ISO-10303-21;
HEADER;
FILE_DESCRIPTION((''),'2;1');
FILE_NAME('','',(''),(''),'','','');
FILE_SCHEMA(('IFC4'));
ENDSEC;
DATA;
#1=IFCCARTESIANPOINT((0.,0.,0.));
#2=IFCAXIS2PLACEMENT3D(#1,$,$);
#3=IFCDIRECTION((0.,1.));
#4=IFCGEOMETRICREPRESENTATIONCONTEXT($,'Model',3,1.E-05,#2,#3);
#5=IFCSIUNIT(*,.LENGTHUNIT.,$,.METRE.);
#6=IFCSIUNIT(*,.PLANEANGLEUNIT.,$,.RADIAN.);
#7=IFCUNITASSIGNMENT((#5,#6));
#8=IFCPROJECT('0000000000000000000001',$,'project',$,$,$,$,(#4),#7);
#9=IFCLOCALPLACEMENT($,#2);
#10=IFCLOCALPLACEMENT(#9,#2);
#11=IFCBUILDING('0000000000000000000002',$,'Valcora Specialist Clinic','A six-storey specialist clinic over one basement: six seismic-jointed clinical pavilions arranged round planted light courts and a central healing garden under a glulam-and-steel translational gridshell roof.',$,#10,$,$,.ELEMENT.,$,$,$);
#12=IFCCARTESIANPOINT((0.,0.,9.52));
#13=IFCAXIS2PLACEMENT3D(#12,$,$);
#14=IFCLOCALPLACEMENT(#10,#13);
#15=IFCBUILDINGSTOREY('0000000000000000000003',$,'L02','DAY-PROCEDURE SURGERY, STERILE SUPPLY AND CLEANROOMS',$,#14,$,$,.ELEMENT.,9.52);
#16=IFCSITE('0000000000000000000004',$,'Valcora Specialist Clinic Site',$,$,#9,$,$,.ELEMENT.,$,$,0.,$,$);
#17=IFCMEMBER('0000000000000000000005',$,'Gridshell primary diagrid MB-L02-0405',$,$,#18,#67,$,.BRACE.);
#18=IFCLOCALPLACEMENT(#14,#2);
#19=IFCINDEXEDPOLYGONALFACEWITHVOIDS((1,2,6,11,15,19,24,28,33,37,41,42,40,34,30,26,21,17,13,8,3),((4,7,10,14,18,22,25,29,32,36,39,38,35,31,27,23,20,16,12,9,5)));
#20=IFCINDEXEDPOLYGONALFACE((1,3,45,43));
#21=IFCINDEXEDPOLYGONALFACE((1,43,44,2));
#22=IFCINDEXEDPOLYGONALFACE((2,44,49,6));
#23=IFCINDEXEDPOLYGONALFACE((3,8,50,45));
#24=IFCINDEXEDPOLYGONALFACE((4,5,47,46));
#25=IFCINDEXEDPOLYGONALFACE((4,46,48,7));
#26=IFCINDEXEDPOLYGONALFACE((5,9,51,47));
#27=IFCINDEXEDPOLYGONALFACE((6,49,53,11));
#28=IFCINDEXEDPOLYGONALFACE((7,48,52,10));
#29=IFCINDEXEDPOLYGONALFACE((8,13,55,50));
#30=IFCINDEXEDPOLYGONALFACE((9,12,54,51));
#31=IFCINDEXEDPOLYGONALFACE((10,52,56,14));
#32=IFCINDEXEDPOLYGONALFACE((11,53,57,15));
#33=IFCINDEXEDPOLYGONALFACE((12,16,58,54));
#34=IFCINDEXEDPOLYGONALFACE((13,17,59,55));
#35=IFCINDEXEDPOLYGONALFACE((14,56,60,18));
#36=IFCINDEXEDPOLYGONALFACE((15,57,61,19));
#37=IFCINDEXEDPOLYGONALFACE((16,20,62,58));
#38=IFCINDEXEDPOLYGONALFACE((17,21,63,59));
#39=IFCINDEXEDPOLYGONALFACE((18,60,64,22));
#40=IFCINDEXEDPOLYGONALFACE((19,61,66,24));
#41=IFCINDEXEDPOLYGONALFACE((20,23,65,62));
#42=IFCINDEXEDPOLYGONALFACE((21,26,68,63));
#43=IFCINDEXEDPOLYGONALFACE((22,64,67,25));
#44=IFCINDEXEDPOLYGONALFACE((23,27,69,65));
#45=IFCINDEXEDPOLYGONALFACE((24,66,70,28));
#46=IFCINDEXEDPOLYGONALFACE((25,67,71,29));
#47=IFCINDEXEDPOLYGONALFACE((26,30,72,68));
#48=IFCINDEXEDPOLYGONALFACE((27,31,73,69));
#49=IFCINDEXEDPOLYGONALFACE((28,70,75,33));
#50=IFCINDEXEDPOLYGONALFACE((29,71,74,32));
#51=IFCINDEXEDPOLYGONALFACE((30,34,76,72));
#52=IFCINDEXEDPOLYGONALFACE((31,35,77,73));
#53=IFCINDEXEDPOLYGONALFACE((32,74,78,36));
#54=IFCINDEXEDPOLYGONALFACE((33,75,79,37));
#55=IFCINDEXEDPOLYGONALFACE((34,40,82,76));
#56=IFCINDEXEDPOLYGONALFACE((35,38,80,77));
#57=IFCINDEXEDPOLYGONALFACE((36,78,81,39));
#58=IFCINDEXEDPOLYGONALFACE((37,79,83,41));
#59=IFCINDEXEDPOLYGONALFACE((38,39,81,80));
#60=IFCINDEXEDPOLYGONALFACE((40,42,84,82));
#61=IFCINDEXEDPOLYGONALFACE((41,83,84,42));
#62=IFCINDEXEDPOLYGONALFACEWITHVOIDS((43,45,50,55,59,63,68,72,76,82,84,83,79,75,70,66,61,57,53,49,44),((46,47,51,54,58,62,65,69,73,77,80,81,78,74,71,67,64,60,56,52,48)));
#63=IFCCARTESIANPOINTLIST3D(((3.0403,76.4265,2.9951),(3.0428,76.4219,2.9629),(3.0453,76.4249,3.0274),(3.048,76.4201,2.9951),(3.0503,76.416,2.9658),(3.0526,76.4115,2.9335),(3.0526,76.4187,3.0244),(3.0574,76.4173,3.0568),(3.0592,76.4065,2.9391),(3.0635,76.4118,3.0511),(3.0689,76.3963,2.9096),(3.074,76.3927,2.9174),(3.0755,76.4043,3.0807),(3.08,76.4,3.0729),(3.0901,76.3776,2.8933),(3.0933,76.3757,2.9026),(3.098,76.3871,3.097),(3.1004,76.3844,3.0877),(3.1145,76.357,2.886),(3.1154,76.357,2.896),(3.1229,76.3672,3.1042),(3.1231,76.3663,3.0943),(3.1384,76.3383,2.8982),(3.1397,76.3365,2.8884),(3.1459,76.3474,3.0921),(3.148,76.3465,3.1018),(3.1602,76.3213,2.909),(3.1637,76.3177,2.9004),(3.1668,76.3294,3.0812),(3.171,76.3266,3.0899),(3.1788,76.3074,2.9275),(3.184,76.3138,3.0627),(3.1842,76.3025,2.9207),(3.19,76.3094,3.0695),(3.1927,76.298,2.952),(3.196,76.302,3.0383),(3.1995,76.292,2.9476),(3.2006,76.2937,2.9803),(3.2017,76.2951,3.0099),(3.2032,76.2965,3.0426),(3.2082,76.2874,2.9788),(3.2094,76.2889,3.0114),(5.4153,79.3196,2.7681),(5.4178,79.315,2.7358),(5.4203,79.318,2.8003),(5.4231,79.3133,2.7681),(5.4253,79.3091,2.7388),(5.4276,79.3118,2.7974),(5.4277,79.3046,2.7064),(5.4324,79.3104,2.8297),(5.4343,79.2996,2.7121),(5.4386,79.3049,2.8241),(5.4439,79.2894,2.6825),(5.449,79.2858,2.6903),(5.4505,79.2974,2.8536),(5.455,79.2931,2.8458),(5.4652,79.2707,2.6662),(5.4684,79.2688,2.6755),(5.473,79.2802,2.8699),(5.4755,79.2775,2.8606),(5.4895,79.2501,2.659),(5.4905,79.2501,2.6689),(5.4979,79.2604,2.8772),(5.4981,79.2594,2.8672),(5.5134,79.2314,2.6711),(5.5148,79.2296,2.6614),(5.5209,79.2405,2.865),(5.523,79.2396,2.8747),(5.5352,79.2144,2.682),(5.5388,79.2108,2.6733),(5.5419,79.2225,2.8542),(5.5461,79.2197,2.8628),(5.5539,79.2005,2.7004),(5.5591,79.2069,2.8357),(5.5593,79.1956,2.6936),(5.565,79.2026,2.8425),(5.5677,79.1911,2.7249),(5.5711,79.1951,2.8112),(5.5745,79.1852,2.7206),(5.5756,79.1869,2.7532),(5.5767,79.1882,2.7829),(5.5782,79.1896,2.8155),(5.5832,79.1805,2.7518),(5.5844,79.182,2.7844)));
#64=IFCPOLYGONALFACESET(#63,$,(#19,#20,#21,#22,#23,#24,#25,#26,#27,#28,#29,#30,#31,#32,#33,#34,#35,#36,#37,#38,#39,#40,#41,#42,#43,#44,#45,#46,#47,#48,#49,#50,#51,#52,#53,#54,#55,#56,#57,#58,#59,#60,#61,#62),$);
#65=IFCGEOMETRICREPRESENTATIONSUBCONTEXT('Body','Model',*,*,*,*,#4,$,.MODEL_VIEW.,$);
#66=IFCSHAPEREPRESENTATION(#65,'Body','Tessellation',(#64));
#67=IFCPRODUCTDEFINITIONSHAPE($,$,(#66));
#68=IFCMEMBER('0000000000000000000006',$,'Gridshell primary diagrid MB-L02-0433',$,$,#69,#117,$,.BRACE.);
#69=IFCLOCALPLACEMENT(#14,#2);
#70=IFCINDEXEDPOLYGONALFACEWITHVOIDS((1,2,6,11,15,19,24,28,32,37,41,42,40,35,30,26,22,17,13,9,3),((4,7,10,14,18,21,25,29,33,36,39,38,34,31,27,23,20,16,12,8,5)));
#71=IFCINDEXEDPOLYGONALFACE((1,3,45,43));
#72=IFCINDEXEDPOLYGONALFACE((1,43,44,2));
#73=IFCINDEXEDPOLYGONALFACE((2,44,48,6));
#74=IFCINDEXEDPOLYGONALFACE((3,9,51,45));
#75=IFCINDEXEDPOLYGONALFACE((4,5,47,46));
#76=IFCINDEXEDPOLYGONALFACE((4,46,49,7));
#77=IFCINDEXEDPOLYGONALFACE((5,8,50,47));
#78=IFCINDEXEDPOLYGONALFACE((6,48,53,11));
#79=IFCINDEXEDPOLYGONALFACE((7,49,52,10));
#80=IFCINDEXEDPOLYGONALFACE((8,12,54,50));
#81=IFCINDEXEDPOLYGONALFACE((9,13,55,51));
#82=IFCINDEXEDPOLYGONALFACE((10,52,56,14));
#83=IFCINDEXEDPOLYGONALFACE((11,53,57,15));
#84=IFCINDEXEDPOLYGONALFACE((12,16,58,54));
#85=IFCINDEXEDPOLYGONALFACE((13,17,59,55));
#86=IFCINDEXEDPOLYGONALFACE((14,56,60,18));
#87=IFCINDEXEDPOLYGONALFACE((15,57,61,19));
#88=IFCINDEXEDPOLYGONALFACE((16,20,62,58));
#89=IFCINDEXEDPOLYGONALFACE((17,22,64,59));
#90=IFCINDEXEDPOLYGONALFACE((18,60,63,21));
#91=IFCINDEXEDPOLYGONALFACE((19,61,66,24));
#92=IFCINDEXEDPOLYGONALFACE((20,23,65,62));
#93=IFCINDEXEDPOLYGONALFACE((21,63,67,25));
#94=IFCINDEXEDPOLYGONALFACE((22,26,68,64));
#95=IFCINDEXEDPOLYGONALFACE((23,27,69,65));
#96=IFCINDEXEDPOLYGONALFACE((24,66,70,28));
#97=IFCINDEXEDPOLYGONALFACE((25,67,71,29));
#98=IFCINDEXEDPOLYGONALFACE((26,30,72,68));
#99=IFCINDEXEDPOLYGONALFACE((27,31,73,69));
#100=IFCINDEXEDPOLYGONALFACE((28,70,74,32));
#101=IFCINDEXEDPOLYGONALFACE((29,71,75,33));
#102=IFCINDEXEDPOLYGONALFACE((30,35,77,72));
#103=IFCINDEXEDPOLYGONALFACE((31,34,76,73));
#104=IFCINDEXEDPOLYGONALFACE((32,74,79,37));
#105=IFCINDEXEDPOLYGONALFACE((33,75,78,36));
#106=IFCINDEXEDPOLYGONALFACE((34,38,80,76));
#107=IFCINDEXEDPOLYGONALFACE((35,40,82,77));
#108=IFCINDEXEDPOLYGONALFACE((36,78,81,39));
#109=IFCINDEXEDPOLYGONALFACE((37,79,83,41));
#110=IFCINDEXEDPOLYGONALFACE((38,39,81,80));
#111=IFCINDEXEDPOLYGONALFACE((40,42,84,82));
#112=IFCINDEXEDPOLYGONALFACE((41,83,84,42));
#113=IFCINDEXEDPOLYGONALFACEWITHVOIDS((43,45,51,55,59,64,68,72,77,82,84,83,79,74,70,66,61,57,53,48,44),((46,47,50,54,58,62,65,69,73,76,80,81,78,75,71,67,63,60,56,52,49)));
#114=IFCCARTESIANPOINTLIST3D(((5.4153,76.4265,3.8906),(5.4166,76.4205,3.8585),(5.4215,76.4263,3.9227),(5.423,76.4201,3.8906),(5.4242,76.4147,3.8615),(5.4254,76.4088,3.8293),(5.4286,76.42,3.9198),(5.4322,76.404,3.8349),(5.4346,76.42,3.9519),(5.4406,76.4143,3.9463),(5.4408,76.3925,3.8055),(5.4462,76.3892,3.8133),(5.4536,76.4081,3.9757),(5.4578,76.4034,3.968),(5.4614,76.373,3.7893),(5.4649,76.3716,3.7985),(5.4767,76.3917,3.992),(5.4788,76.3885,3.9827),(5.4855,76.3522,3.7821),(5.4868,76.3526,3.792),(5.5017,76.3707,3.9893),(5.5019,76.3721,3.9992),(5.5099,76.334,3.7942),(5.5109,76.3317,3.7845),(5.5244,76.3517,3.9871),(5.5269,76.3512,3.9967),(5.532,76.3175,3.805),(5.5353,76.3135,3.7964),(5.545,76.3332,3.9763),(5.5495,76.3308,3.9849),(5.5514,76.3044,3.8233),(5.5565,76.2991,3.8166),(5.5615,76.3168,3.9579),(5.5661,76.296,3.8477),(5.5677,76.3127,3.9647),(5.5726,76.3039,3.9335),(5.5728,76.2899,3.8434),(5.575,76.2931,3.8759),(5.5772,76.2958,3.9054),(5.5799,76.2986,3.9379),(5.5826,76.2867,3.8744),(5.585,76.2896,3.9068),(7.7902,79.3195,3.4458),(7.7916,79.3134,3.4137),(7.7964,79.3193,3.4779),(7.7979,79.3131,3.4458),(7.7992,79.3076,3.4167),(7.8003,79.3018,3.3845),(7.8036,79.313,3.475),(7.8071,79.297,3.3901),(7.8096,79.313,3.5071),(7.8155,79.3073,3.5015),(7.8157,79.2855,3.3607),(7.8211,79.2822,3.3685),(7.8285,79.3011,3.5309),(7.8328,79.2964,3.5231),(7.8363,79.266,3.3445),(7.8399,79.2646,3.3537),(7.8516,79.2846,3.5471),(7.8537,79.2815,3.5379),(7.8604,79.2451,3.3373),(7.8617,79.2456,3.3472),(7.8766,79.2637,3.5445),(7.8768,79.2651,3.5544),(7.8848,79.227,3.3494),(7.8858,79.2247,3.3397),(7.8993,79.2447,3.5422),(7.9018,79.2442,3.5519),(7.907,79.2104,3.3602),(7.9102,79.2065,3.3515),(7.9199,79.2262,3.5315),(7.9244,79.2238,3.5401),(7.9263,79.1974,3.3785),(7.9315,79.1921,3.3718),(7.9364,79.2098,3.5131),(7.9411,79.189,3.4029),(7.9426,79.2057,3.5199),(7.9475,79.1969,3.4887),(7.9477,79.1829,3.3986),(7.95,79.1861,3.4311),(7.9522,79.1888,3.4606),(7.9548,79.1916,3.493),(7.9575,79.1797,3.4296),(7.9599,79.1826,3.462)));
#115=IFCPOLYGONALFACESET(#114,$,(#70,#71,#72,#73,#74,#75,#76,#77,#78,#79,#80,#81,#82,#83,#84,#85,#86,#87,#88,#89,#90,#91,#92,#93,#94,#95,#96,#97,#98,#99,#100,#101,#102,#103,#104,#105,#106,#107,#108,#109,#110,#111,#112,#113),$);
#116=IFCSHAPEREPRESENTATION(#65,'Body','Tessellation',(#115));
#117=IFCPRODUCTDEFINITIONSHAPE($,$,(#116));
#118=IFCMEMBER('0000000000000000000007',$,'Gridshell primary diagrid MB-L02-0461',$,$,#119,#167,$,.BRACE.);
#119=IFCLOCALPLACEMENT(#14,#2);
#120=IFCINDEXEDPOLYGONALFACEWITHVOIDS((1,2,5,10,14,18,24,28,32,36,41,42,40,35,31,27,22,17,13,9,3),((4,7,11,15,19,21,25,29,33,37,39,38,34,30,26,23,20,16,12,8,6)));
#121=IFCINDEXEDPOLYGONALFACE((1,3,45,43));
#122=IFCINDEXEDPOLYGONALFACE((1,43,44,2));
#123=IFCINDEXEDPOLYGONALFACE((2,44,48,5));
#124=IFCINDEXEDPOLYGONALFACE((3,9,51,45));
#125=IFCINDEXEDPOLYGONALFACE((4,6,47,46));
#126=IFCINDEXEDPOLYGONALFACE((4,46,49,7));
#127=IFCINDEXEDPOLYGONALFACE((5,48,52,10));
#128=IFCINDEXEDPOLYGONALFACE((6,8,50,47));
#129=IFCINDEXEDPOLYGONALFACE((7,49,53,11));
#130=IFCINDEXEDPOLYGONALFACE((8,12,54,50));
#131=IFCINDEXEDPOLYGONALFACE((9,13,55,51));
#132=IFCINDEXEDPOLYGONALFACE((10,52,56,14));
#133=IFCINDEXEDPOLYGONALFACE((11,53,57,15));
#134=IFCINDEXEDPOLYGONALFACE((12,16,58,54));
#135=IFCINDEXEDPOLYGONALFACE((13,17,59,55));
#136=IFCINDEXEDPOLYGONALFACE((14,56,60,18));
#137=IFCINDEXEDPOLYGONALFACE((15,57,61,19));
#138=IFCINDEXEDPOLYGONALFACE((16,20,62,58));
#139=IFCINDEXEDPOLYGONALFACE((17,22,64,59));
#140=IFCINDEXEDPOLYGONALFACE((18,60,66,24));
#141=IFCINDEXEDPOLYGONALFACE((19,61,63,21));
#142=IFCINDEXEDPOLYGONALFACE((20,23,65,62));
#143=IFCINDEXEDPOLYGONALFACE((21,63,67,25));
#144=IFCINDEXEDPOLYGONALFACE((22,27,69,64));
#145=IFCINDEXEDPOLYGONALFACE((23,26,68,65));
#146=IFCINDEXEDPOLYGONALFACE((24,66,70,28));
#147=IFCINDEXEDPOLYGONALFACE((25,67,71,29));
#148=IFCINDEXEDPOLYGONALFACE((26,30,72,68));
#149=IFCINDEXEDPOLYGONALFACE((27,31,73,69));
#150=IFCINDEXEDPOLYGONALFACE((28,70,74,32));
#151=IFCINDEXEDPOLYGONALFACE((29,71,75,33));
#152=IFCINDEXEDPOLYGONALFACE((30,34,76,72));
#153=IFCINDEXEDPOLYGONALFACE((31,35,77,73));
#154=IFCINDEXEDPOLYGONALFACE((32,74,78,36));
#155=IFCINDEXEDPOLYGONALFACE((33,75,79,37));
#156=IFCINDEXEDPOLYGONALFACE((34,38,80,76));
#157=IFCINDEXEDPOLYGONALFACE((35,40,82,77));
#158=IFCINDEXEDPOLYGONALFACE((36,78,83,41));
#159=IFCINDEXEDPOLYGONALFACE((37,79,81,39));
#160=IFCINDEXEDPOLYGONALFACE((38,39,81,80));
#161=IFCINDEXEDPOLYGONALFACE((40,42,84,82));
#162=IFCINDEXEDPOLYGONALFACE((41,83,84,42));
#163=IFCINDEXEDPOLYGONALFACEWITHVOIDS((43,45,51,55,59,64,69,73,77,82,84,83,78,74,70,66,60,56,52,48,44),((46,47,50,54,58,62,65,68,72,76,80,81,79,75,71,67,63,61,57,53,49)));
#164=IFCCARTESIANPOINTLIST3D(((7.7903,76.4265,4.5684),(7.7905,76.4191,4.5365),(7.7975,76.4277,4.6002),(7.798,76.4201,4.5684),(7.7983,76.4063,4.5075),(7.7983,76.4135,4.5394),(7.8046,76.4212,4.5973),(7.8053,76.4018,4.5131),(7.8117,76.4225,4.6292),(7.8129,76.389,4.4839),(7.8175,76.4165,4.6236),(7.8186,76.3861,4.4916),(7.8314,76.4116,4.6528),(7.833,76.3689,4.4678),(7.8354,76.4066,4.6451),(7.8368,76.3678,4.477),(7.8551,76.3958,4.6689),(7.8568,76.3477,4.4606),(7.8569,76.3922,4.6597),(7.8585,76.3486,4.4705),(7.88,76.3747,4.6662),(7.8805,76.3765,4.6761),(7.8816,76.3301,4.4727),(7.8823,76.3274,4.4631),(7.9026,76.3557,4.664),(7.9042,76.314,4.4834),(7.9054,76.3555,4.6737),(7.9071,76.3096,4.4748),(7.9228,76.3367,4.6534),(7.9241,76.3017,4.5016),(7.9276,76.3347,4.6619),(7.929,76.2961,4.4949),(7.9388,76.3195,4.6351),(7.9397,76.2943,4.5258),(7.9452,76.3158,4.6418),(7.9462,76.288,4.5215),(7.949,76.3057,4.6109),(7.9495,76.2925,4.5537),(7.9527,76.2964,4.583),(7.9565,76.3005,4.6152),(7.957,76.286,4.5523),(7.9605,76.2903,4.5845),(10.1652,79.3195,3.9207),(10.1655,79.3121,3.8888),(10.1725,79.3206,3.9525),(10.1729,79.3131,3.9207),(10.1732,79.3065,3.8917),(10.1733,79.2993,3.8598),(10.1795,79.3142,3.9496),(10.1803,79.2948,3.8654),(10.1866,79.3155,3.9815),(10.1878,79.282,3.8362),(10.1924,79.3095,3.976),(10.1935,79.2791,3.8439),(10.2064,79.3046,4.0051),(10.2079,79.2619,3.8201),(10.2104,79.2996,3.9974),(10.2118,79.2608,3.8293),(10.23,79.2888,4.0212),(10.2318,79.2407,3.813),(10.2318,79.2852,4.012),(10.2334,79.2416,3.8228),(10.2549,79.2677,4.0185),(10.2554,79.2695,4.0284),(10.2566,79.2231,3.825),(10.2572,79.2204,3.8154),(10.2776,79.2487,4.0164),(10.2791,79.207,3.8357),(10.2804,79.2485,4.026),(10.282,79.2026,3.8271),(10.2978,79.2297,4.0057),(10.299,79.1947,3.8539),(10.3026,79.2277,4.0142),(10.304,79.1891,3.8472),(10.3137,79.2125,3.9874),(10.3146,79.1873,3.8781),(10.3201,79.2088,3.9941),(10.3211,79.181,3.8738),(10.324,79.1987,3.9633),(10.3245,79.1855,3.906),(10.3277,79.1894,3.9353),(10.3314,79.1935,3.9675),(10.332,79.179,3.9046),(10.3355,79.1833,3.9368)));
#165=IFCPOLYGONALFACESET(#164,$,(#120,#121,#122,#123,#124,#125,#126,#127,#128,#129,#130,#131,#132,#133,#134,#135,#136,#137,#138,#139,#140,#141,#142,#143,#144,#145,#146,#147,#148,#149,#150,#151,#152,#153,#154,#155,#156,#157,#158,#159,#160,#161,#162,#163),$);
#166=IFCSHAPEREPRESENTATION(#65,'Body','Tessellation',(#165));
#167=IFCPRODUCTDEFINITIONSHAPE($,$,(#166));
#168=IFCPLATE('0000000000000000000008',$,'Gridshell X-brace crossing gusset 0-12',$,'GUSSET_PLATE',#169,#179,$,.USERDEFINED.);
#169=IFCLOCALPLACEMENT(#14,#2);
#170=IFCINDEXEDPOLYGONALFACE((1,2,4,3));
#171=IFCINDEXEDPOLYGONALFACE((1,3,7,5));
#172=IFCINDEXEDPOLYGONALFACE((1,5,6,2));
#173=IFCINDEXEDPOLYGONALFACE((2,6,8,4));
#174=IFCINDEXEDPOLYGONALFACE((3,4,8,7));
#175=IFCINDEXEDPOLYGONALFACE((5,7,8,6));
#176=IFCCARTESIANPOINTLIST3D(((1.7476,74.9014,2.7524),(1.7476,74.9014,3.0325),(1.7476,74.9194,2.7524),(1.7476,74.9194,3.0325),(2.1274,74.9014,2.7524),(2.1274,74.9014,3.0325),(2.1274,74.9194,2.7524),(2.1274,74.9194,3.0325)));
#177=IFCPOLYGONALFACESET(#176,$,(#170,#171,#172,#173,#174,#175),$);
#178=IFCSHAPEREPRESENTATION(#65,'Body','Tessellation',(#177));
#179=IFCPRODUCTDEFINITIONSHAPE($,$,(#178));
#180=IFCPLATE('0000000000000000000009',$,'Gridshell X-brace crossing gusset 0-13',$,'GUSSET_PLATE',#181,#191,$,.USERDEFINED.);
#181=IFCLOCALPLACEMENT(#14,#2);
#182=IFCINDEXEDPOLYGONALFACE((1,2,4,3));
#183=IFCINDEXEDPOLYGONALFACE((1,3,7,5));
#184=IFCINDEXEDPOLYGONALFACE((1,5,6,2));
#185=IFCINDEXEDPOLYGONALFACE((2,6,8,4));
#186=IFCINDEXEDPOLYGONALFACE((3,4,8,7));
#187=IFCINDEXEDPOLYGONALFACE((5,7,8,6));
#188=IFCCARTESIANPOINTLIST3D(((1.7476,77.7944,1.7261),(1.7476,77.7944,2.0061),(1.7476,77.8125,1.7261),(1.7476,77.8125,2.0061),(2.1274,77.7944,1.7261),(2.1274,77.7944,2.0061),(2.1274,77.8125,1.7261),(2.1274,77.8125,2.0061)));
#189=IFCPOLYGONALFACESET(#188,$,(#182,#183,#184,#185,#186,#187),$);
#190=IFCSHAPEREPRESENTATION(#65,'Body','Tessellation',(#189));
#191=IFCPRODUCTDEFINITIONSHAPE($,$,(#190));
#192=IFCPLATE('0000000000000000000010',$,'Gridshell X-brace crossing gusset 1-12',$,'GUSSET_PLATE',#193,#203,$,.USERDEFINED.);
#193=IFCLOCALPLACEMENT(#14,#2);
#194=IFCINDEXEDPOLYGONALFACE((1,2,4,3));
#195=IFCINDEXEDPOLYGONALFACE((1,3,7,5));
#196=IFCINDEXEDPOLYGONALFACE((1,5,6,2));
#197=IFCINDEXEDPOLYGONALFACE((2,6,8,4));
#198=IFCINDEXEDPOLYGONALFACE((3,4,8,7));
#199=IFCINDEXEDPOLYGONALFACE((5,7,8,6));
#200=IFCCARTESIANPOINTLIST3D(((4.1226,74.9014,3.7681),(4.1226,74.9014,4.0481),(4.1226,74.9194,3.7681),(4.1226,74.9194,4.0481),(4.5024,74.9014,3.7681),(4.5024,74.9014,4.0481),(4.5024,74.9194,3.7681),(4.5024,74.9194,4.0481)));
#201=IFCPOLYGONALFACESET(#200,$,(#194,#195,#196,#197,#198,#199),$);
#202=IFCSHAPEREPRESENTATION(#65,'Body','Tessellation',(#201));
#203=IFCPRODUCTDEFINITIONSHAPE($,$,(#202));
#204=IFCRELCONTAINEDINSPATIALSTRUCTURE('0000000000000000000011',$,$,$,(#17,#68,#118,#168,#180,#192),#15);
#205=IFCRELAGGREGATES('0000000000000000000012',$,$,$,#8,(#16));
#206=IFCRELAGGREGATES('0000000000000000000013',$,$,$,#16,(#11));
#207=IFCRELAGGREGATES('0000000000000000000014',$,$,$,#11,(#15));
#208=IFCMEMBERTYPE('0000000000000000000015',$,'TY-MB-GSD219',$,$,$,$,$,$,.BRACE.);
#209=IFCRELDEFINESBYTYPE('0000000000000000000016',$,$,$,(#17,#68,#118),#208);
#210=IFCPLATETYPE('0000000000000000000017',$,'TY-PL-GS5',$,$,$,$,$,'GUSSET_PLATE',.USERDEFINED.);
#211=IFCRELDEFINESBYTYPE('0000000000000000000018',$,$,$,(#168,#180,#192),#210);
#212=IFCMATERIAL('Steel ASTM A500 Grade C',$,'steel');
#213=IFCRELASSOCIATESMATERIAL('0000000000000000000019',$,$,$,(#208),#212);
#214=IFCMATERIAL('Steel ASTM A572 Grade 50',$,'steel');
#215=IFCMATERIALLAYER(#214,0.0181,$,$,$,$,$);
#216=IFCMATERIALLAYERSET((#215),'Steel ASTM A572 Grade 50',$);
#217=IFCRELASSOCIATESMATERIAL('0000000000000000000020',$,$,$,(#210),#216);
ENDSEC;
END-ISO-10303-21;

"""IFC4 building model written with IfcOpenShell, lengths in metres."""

from ifc_helpers import new_model, si_unit, direction, frame, origin, origin_2d, place, context, subcontext, project, spatial, rectangle, hollow_circle, extrude, material, layer, layer_set, material_profile, profile_set, type_object, element, save


model = new_model("IFC4")

# Units and contexts
model_context = context("Model", 3, precision=1e-05, world=origin(), true_north=direction((0.0, 1.0)))
body_context = subcontext(model_context, "Body", "Model", "MODEL_VIEW")
ifc_project = project(units=[si_unit("LENGTHUNIT", "METRE"), si_unit("PLANEANGLEUNIT", "RADIAN")], contexts=[model_context])

# Site, building, storey
site_placement = place(None, origin())
site = spatial("IfcSite", under=ifc_project, at=site_placement, Name="Valcora Specialist Clinic Site", CompositionType="ELEMENT", RefElevation=0.0)
building_placement = place(site_placement, origin())
building = spatial("IfcBuilding", under=site, at=building_placement, Name="Valcora Specialist Clinic", Description="A six-storey specialist clinic over one basement: six seismic-jointed clinical pavilions arranged round planted light courts and a central healing garden under a glulam-and-steel translational gridshell roof.", CompositionType="ELEMENT")
storey_placement = place(building_placement, frame((0.0, 0.0, 9.52)))
storey = spatial("IfcBuildingStorey", under=building, at=storey_placement, Name="L02", Description="DAY-PROCEDURE SURGERY, STERILE SUPPLY AND CLEANROOMS", CompositionType="ELEMENT", Elevation=9.52)

# Members
ifc_material_1 = material(Name="Steel ASTM A500 Grade C", Category="steel")
ifc_material_profile_1 = material_profile(ifc_material_1, hollow_circle(Radius=0.1096, WallThickness=0.01, at=origin_2d()), Name="ST-CHS-219X10")
ifc_profile_set_1 = profile_set([ifc_material_profile_1], Name="Steel ASTM A500 Grade C")
member_type_1 = type_object("IfcMemberType", Name="TY-MB-GSD219", PredefinedType="BRACE", material=ifc_profile_set_1)
member_1_placement = place(storey_placement, frame((3.125, 76.3569, 2.9951), z_axis=(0.633344, 0.771498, -0.060548), x_axis=(-0.772916, 0.634508, 0.0)))
element("IfcMember", 1, at=member_1_placement, inside=storey, type_object=member_type_1, Name="Gridshell primary diagrid MB-L02-0405", PredefinedType="BRACE", context=body_context, shape_type="SweptSolid", body=[
    extrude(hollow_circle(Radius=0.1096, WallThickness=0.01, at=origin_2d()), origin(), (0.0, 0.0, 1.0), 3.75),
])
member_2_placement = place(storey_placement, frame((5.5, 76.3569, 3.8906), z_axis=(0.630075, 0.767515, -0.118009), x_axis=(-0.772916, 0.634508, 0.0)))
element("IfcMember", 2, at=member_2_placement, inside=storey, type_object=member_type_1, Name="Gridshell primary diagrid MB-L02-0433", PredefinedType="BRACE", context=body_context, shape_type="SweptSolid", body=[
    extrude(hollow_circle(Radius=0.1096, WallThickness=0.01, at=origin_2d()), origin(), (0.0, 0.0, 1.0), 3.7693),
])
member_3_placement = place(storey_placement, frame((7.875, 76.3569, 4.5684), z_axis=(0.625217, 0.761598, -0.170508), x_axis=(-0.772916, 0.634508, 0.0)))
element("IfcMember", 3, at=member_3_placement, inside=storey, type_object=member_type_1, Name="Gridshell primary diagrid MB-L02-0461", PredefinedType="BRACE", context=body_context, shape_type="SweptSolid", body=[
    extrude(hollow_circle(Radius=0.1096, WallThickness=0.01, at=origin_2d()), origin(), (0.0, 0.0, 1.0), 3.7986),
])

# Plates
ifc_material_2 = material(Name="Steel ASTM A572 Grade 50", Category="steel")
ifc_layer = layer(ifc_material_2, 0.0181)
ifc_layer_set = layer_set([ifc_layer], Name="Steel ASTM A572 Grade 50")
plate_type = type_object("IfcPlateType", Name="TY-PL-GS5", ElementType="GUSSET_PLATE", PredefinedType="USERDEFINED", material=ifc_layer_set)
for number, where, z_axis, x_axis, name in (
    (4, (1.9375, 74.9104, 2.7524), (0.0, 0.0, 1.0), (1.0, 0.0, 0.0), "Gridshell X-brace crossing gusset 0-12"),
    (5, (1.9375, 77.8035, 1.7261), (0.0, 0.0, 1.0), (1.0, 0.0, 0.0), "Gridshell X-brace crossing gusset 0-13"),
    (6, (4.3125, 74.9104, 3.7681), (0.0, 0.0, 1.0), (1.0, 0.0, 0.0), "Gridshell X-brace crossing gusset 1-12"),
):
    element("IfcPlate", number, at=place(storey_placement, frame(where, z_axis=z_axis, x_axis=x_axis)), inside=storey, type_object=plate_type, Name=name, ObjectType="GUSSET_PLATE", PredefinedType="USERDEFINED", context=body_context, shape_type="SweptSolid", body=[
        extrude(rectangle(XDim=0.3799, YDim=0.0181, at=origin_2d()), origin(), (0.0, 0.0, 1.0), 0.28),
    ])

save(model, "model.ifc")
